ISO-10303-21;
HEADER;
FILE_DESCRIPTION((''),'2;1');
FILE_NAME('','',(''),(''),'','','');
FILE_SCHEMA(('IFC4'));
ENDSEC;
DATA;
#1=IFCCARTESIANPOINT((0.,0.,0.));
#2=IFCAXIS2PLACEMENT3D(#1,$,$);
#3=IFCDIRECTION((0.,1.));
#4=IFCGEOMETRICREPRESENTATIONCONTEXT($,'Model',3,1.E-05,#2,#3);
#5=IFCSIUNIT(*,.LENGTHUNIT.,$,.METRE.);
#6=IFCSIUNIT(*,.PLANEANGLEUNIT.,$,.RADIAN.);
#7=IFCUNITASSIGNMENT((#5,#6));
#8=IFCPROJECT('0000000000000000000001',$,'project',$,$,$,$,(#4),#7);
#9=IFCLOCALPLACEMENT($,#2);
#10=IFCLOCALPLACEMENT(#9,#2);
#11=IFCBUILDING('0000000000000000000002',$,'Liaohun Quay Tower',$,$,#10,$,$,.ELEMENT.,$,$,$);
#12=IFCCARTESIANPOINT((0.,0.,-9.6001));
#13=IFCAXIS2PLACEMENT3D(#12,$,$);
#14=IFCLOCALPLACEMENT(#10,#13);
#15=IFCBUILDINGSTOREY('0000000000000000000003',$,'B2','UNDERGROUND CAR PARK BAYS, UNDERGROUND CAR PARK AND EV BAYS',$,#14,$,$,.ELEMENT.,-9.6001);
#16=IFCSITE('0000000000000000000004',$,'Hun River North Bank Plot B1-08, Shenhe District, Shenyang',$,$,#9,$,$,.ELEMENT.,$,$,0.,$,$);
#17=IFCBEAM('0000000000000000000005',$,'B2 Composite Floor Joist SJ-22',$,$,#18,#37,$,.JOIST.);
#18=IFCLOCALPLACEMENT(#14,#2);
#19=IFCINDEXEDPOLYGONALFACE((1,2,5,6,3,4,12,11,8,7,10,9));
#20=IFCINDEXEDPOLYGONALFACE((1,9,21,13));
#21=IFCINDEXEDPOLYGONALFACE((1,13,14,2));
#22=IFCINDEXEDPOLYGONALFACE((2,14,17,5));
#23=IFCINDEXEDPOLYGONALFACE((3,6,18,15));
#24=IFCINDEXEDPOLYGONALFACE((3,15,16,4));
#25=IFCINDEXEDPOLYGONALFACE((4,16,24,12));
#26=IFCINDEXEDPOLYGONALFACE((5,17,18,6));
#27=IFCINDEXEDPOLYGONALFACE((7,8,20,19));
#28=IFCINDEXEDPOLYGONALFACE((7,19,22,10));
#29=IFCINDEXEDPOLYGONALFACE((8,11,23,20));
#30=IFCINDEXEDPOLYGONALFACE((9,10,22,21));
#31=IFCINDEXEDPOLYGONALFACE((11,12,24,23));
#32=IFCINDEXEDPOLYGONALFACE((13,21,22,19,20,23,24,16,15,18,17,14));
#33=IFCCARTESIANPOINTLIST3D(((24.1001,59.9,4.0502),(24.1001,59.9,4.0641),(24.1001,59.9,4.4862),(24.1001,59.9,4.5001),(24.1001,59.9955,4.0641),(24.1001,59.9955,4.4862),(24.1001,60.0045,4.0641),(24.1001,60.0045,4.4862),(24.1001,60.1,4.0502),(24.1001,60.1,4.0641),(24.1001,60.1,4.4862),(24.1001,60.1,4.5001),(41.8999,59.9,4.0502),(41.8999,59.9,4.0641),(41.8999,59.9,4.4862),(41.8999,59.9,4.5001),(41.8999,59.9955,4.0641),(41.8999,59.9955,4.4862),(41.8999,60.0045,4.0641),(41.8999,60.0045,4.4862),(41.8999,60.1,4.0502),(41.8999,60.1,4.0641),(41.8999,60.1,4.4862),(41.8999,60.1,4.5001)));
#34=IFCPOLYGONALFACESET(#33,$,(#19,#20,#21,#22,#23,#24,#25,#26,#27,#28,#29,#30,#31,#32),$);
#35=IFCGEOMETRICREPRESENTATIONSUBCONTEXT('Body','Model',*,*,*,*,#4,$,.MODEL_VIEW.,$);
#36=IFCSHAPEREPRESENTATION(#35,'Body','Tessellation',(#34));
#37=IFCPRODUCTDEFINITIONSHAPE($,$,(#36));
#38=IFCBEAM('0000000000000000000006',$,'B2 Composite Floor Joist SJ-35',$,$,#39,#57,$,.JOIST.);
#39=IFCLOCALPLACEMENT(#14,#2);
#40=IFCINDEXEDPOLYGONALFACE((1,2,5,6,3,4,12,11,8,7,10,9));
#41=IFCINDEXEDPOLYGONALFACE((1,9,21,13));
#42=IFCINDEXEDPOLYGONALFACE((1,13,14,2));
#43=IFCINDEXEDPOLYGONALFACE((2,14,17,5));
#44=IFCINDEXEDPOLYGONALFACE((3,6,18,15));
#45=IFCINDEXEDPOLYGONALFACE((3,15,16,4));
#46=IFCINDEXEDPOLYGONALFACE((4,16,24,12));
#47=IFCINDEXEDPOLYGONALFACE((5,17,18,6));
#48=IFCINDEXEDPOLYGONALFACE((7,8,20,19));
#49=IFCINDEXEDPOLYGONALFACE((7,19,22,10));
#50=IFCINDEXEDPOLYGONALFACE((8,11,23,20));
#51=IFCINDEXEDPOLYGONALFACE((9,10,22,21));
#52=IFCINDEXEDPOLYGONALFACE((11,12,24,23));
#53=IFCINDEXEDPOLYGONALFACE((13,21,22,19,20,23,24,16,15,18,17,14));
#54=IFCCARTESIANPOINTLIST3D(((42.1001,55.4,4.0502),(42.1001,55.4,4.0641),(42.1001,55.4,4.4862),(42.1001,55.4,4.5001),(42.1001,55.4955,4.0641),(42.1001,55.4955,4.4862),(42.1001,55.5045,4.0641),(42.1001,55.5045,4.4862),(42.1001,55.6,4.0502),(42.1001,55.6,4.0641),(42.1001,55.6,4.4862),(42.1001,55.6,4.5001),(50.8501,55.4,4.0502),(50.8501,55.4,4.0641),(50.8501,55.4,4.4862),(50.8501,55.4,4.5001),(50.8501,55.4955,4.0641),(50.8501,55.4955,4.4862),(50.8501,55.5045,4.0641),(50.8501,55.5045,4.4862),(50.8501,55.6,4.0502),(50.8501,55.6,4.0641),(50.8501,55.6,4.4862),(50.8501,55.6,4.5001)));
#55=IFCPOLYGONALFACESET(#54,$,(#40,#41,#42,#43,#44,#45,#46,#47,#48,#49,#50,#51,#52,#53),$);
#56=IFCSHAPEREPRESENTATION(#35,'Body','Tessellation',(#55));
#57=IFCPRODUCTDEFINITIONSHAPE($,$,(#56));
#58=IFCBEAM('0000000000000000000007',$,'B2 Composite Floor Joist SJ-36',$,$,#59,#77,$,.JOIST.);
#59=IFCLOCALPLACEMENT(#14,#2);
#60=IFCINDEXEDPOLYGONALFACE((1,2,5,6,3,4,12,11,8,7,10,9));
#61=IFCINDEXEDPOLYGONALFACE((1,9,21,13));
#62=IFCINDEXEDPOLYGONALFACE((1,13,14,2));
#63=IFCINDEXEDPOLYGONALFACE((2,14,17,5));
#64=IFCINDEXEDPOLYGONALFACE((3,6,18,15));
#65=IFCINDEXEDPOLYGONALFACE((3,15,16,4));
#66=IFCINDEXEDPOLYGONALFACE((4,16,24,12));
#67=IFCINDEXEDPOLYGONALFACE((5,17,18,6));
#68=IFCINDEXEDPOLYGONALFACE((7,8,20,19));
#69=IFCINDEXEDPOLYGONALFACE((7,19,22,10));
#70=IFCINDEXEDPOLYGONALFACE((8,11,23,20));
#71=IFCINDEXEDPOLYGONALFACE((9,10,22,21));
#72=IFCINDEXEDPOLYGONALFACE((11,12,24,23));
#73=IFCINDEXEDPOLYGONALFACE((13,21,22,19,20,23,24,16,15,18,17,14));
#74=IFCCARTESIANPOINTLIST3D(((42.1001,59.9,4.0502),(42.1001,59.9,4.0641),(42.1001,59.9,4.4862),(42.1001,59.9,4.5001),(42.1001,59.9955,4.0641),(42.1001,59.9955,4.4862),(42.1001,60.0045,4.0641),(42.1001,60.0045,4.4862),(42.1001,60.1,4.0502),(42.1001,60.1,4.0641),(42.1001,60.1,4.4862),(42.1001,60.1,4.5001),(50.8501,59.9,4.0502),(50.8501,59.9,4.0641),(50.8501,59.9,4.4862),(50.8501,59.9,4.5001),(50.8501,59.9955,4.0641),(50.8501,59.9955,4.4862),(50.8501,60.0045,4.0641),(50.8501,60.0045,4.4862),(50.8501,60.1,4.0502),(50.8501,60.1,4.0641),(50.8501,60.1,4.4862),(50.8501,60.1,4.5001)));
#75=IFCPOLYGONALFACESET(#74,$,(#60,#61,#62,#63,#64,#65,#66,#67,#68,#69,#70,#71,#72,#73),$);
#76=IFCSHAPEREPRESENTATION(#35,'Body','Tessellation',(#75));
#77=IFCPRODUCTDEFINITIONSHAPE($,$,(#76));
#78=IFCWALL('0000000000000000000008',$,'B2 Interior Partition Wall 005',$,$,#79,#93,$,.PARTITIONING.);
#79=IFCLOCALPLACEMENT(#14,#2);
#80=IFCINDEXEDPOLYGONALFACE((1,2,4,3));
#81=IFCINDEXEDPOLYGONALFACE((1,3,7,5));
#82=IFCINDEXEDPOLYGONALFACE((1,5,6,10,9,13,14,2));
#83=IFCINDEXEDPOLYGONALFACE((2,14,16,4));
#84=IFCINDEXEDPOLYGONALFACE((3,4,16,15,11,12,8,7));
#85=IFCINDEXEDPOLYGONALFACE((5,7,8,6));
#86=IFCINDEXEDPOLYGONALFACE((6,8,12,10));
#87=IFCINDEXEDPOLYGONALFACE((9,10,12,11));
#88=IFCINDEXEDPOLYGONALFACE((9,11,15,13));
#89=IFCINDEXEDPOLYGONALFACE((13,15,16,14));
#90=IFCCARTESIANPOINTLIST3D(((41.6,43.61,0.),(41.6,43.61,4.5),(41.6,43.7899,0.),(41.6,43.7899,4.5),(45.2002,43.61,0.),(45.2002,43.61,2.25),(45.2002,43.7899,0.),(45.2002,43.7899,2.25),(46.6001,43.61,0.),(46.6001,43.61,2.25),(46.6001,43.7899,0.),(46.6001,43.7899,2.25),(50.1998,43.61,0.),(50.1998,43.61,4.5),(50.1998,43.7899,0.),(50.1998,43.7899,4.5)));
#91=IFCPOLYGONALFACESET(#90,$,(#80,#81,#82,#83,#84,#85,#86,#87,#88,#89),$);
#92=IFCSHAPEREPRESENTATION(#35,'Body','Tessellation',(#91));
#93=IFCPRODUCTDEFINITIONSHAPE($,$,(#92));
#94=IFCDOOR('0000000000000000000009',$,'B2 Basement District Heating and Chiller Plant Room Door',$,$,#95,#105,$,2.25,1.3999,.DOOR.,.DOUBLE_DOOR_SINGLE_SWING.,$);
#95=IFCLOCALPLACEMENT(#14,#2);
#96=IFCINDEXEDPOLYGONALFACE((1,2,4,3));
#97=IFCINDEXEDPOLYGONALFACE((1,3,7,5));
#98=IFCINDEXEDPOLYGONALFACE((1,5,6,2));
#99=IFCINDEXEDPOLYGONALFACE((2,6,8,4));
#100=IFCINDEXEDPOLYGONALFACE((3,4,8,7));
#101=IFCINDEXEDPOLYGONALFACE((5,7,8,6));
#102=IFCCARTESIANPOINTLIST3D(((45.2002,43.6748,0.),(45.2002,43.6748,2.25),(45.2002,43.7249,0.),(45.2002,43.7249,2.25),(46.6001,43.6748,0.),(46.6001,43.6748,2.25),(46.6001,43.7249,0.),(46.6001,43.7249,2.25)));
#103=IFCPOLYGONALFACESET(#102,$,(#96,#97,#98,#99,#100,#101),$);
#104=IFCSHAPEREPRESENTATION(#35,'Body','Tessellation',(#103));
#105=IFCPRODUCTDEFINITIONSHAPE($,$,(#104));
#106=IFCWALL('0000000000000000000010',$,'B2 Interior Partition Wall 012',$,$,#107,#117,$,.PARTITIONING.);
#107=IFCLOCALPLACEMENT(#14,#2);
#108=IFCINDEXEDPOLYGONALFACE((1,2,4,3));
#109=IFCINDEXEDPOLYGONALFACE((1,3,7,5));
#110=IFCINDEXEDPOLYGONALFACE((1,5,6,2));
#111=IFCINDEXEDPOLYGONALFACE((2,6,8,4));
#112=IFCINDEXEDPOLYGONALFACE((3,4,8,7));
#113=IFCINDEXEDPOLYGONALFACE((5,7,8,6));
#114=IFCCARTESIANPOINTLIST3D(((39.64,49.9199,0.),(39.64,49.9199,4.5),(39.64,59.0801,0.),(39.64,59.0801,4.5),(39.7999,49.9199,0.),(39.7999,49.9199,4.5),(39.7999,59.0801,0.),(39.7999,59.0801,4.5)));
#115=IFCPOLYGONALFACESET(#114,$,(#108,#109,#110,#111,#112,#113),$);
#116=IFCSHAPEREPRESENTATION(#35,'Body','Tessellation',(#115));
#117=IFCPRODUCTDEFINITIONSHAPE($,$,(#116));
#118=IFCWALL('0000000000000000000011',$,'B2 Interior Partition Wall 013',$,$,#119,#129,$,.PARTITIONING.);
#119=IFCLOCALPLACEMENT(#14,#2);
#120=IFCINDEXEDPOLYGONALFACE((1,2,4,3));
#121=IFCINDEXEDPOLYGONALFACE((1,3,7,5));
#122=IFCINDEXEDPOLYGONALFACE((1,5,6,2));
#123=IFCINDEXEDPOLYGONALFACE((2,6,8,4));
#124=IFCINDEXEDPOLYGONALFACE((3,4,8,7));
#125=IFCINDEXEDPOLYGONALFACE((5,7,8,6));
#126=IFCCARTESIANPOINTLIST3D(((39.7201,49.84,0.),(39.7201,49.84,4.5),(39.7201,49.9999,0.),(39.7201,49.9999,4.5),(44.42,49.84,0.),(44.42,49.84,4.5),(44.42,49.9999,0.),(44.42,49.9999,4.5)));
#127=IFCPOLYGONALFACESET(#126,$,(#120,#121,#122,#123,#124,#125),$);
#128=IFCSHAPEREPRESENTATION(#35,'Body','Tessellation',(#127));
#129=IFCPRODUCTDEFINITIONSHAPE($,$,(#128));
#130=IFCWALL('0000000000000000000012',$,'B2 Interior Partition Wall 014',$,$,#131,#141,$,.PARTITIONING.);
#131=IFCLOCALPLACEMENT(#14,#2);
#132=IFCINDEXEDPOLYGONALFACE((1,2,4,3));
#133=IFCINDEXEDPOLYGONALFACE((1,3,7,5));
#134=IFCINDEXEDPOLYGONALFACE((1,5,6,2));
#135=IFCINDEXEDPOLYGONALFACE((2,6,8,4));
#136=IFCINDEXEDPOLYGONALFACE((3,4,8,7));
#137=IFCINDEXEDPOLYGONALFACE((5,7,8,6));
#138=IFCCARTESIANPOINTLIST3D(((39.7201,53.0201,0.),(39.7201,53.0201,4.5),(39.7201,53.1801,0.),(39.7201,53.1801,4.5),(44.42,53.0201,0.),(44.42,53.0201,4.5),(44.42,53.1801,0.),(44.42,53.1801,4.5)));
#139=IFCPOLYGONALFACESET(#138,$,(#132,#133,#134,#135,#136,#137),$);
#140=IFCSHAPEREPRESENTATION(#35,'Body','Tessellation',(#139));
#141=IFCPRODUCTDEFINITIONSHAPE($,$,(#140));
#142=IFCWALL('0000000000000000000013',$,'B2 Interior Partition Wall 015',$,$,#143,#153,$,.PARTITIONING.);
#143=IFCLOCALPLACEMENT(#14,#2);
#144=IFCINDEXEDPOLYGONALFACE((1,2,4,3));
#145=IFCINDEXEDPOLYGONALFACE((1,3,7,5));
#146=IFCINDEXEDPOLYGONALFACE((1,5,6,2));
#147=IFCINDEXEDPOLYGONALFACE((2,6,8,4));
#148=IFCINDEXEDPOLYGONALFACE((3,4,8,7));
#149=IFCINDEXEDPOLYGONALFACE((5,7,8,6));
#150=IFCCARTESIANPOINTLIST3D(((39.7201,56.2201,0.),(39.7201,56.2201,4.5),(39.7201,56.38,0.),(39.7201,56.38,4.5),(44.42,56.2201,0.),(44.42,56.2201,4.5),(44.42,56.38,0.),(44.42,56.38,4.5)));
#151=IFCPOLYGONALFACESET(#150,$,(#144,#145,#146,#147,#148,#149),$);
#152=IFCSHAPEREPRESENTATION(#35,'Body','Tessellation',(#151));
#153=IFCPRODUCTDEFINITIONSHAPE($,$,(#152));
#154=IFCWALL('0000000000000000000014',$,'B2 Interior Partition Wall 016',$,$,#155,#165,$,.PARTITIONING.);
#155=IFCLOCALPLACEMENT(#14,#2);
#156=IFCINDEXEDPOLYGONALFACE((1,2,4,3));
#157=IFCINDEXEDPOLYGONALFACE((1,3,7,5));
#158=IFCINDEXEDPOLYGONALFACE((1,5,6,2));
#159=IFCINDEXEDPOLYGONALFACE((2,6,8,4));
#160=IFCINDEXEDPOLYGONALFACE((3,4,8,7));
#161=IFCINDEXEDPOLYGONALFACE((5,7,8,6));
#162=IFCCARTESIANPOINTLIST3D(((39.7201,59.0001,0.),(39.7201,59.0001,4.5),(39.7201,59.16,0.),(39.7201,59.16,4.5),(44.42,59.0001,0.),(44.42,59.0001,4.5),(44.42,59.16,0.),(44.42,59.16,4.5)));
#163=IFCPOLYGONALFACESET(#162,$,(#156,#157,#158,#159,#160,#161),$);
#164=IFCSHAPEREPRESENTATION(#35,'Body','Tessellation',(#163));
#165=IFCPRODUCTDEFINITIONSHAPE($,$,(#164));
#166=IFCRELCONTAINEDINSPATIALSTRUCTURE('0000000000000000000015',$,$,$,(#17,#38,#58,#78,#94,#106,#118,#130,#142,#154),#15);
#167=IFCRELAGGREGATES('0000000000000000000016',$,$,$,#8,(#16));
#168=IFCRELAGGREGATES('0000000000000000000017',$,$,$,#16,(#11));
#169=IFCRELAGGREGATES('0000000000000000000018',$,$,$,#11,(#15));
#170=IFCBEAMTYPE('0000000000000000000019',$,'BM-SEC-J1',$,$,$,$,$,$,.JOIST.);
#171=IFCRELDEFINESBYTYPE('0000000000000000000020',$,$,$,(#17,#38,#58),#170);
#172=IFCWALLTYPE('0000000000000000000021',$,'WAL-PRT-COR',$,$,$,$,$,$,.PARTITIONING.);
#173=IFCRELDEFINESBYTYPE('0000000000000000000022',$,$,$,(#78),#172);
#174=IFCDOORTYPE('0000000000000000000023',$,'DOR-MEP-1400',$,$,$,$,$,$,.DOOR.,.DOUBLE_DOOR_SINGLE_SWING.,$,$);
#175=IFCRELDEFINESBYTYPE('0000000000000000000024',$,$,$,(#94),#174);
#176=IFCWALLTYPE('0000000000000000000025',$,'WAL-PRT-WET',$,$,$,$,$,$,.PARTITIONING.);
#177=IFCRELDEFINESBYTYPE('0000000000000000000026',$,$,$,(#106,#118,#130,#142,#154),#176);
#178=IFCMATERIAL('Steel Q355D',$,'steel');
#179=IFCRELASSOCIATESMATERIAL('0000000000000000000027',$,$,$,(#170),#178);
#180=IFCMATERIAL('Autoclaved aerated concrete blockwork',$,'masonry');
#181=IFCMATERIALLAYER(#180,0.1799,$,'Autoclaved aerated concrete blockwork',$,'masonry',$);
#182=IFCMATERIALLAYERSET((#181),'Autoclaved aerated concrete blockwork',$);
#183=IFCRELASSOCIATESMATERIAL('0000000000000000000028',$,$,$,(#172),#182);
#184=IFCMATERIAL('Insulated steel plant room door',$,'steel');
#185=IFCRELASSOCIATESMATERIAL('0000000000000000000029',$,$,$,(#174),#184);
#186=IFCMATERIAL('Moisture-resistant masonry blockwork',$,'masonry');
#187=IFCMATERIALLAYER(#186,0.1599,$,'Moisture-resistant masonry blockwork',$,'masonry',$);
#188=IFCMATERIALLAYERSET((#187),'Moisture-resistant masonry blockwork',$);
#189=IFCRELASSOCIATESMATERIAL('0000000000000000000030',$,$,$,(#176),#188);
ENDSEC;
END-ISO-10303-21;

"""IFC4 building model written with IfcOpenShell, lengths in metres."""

from ifc_helpers import new_model, si_unit, direction, frame, frame_2d, origin, origin_2d, place, context, subcontext, project, spatial, rectangle, i_section, extrude, source, transform, mapped, material, layer, layer_set, material_profile, profile_set, type_object, element, fill, save


model = new_model("IFC4")

# Units and contexts
model_context = context("Model", 3, precision=1e-05, world=origin(), true_north=direction((0.0, 1.0)))
body_context = subcontext(model_context, "Body", "Model", "MODEL_VIEW")
ifc_project = project(units=[si_unit("LENGTHUNIT", "METRE"), si_unit("PLANEANGLEUNIT", "RADIAN")], contexts=[model_context])

# Site, building, storey
site_placement = place(None, origin())
site = spatial("IfcSite", under=ifc_project, at=site_placement, Name="Hun River North Bank Plot B1-08, Shenhe District, Shenyang", CompositionType="ELEMENT", RefElevation=0.0)
building_placement = place(site_placement, origin())
building = spatial("IfcBuilding", under=site, at=building_placement, Name="Liaohun Quay Tower", CompositionType="ELEMENT")
storey_placement = place(building_placement, frame((0.0, 0.0, -9.6001)))
storey = spatial("IfcBuildingStorey", under=building, at=storey_placement, Name="B2", Description="UNDERGROUND CAR PARK BAYS, UNDERGROUND CAR PARK AND EV BAYS", CompositionType="ELEMENT", Elevation=-9.6001)

# Beams
ifc_material_1 = material(Name="Steel Q355D", Category="steel")
ifc_material_profile_1 = material_profile(ifc_material_1, i_section(OverallWidth=0.2, OverallDepth=0.45, WebThickness=0.009, FlangeThickness=0.0139, at=origin_2d()), Name="HN450x200x9x14")
ifc_profile_set_1 = profile_set([ifc_material_profile_1], Name="Steel Q355D")
beam_type_1 = type_object("IfcBeamType", Name="BM-SEC-J1", PredefinedType="JOIST", material=ifc_profile_set_1)
shared_shape_1 = source(origin(), body_context, "Body", "SweptSolid", [
    extrude(i_section(OverallWidth=0.2, OverallDepth=0.45, WebThickness=0.009, FlangeThickness=0.0139, at=origin_2d()), origin(), (0.0, 0.0, 1.0), 17.7998),
])
for number, where, z_axis, x_axis, name in (
    (1, (24.1001, 60.0, 4.2751), (1.0, 0.0, 0.0), (0.0, 1.0, 0.0), "B2 Composite Floor Joist SJ-22"),
):
    element("IfcBeam", number, at=place(storey_placement, frame(where, z_axis=z_axis, x_axis=x_axis)), inside=storey, type_object=beam_type_1, Name=name, PredefinedType="JOIST", context=body_context, shape_type="MappedRepresentation", body=[
        mapped(shared_shape_1, transform((0.0, 0.0, 0.0), x_axis=(1.0, 0.0, 0.0), y_axis=(0.0, 1.0, 0.0), z_axis=(0.0, 0.0, 1.0), scale=1.0)),
    ])
shared_shape_2 = source(origin(), body_context, "Body", "SweptSolid", [
    extrude(i_section(OverallWidth=0.2, OverallDepth=0.45, WebThickness=0.009, FlangeThickness=0.0139, at=origin_2d()), origin(), (0.0, 0.0, 1.0), 8.75),
])
for number, where, z_axis, x_axis, name in (
    (2, (42.1001, 55.5, 4.2751), (1.0, 0.0, 0.0), (0.0, 1.0, 0.0), "B2 Composite Floor Joist SJ-35"),
    (3, (42.1001, 60.0, 4.2751), (1.0, 0.0, 0.0), (0.0, 1.0, 0.0), "B2 Composite Floor Joist SJ-36"),
):
    element("IfcBeam", number, at=place(storey_placement, frame(where, z_axis=z_axis, x_axis=x_axis)), inside=storey, type_object=beam_type_1, Name=name, PredefinedType="JOIST", context=body_context, shape_type="MappedRepresentation", body=[
        mapped(shared_shape_2, transform((0.0, 0.0, 0.0), x_axis=(1.0, 0.0, 0.0), y_axis=(0.0, 1.0, 0.0), z_axis=(0.0, 0.0, 1.0), scale=1.0)),
    ])

# Wall, opening, door
ifc_material_2 = material(Name="Autoclaved aerated concrete blockwork", Category="masonry")
ifc_layer_1 = layer(ifc_material_2, 0.1799, Name="Autoclaved aerated concrete blockwork", Category="masonry")
ifc_layer_set_1 = layer_set([ifc_layer_1], Name="Autoclaved aerated concrete blockwork")
wall_type_1 = type_object("IfcWallType", Name="WAL-PRT-COR", PredefinedType="PARTITIONING", material=ifc_layer_set_1)
wall_1_placement = place(storey_placement, frame((41.6001, 43.7, 0.0), z_axis=(0.0, 0.0, 1.0), x_axis=(1.0, 0.0, 0.0)))
wall_1 = element("IfcWall", 4, at=wall_1_placement, inside=storey, type_object=wall_type_1, Name="B2 Interior Partition Wall 005", PredefinedType="PARTITIONING", context=body_context, shape_type="SweptSolid", body=[
    extrude(rectangle(XDim=8.5999, YDim=0.1799, at=frame_2d((4.2998, 0.0))), origin(), (0.0, 0.0, 1.0), 4.5),
])
shared_shape_3 = source(origin(), body_context, "Body", "SweptSolid", [
    extrude(rectangle(XDim=1.3999, YDim=2.25, at=frame_2d((0.7, 1.125))), frame((0.0, 0.0999, 0.0), z_axis=(0.0, -1.0, 0.0), x_axis=(1.0, 0.0, 0.0)), (0.0, 0.0, 1.0), 0.2),
])
opening_placement = place(wall_1_placement, frame((3.6001, 0.0, 0.0)))
opening = element("IfcOpeningElement", 5, at=opening_placement, cuts=wall_1, PredefinedType="OPENING", context=body_context, shape_type="MappedRepresentation", body=[
    mapped(shared_shape_3, transform((0.0, 0.0, 0.0), x_axis=(1.0, 0.0, 0.0), y_axis=(0.0, 1.0, 0.0), z_axis=(0.0, 0.0, 1.0), scale=1.0)),
])
ifc_material_3 = material(Name="Insulated steel plant room door", Category="steel")
door_type = type_object("IfcDoorType", Name="DOR-MEP-1400", OperationType="DOUBLE_DOOR_SINGLE_SWING", PredefinedType="DOOR", material=ifc_material_3)
shared_shape_4 = source(origin(), body_context, "Body", "SweptSolid", [
    extrude(rectangle(XDim=1.3999, YDim=2.25, at=frame_2d((0.7, 1.125))), frame((0.0, 0.0249, 0.0), z_axis=(0.0, -1.0, 0.0), x_axis=(1.0, 0.0, 0.0)), (0.0, 0.0, 1.0), 0.05),
])
door_placement = place(opening_placement, origin())
door = element("IfcDoor", 6, at=door_placement, inside=storey, type_object=door_type, Name="B2 Basement District Heating and Chiller Plant Room Door", OperationType="DOUBLE_DOOR_SINGLE_SWING", OverallHeight=2.25, OverallWidth=1.3999, PredefinedType="DOOR", context=body_context, shape_type="MappedRepresentation", body=[
    mapped(shared_shape_4, transform((0.0, 0.0, 0.0), x_axis=(1.0, 0.0, 0.0), y_axis=(0.0, 1.0, 0.0), z_axis=(0.0, 0.0, 1.0), scale=1.0)),
])
fill(opening, door)

# Walls
ifc_material_4 = material(Name="Moisture-resistant masonry blockwork", Category="masonry")
ifc_layer_2 = layer(ifc_material_4, 0.1599, Name="Moisture-resistant masonry blockwork", Category="masonry")
ifc_layer_set_2 = layer_set([ifc_layer_2], Name="Moisture-resistant masonry blockwork")
wall_type_2 = type_object("IfcWallType", Name="WAL-PRT-WET", PredefinedType="PARTITIONING", material=ifc_layer_set_2)
wall_2_placement = place(storey_placement, frame((39.72, 49.9199, 0.0), z_axis=(0.0, 0.0, 1.0), x_axis=(0.0, 1.0, 0.0)))
element("IfcWall", 7, at=wall_2_placement, inside=storey, type_object=wall_type_2, Name="B2 Interior Partition Wall 012", PredefinedType="PARTITIONING", context=body_context, shape_type="SweptSolid", body=[
    extrude(rectangle(XDim=9.1602, YDim=0.1599, at=frame_2d((4.5801, 0.0))), origin(), (0.0, 0.0, 1.0), 4.5),
])
for number, where, z_axis, x_axis, name in (
    (8, (39.72, 49.9199, 0.0), (0.0, 0.0, 1.0), (1.0, 0.0, 0.0), "B2 Interior Partition Wall 013"),
    (9, (39.72, 53.1001, 0.0), (0.0, 0.0, 1.0), (1.0, 0.0, 0.0), "B2 Interior Partition Wall 014"),
    (10, (39.72, 56.3, 0.0), (0.0, 0.0, 1.0), (1.0, 0.0, 0.0), "B2 Interior Partition Wall 015"),
    (11, (39.72, 59.0801, 0.0), (0.0, 0.0, 1.0), (1.0, 0.0, 0.0), "B2 Interior Partition Wall 016"),
):
    element("IfcWall", number, at=place(storey_placement, frame(where, z_axis=z_axis, x_axis=x_axis)), inside=storey, type_object=wall_type_2, Name=name, PredefinedType="PARTITIONING", context=body_context, shape_type="SweptSolid", body=[
        extrude(rectangle(XDim=4.7, YDim=0.1599, at=frame_2d((2.3501, 0.0))), origin(), (0.0, 0.0, 1.0), 4.5),
    ])

save(model, "model.ifc")
